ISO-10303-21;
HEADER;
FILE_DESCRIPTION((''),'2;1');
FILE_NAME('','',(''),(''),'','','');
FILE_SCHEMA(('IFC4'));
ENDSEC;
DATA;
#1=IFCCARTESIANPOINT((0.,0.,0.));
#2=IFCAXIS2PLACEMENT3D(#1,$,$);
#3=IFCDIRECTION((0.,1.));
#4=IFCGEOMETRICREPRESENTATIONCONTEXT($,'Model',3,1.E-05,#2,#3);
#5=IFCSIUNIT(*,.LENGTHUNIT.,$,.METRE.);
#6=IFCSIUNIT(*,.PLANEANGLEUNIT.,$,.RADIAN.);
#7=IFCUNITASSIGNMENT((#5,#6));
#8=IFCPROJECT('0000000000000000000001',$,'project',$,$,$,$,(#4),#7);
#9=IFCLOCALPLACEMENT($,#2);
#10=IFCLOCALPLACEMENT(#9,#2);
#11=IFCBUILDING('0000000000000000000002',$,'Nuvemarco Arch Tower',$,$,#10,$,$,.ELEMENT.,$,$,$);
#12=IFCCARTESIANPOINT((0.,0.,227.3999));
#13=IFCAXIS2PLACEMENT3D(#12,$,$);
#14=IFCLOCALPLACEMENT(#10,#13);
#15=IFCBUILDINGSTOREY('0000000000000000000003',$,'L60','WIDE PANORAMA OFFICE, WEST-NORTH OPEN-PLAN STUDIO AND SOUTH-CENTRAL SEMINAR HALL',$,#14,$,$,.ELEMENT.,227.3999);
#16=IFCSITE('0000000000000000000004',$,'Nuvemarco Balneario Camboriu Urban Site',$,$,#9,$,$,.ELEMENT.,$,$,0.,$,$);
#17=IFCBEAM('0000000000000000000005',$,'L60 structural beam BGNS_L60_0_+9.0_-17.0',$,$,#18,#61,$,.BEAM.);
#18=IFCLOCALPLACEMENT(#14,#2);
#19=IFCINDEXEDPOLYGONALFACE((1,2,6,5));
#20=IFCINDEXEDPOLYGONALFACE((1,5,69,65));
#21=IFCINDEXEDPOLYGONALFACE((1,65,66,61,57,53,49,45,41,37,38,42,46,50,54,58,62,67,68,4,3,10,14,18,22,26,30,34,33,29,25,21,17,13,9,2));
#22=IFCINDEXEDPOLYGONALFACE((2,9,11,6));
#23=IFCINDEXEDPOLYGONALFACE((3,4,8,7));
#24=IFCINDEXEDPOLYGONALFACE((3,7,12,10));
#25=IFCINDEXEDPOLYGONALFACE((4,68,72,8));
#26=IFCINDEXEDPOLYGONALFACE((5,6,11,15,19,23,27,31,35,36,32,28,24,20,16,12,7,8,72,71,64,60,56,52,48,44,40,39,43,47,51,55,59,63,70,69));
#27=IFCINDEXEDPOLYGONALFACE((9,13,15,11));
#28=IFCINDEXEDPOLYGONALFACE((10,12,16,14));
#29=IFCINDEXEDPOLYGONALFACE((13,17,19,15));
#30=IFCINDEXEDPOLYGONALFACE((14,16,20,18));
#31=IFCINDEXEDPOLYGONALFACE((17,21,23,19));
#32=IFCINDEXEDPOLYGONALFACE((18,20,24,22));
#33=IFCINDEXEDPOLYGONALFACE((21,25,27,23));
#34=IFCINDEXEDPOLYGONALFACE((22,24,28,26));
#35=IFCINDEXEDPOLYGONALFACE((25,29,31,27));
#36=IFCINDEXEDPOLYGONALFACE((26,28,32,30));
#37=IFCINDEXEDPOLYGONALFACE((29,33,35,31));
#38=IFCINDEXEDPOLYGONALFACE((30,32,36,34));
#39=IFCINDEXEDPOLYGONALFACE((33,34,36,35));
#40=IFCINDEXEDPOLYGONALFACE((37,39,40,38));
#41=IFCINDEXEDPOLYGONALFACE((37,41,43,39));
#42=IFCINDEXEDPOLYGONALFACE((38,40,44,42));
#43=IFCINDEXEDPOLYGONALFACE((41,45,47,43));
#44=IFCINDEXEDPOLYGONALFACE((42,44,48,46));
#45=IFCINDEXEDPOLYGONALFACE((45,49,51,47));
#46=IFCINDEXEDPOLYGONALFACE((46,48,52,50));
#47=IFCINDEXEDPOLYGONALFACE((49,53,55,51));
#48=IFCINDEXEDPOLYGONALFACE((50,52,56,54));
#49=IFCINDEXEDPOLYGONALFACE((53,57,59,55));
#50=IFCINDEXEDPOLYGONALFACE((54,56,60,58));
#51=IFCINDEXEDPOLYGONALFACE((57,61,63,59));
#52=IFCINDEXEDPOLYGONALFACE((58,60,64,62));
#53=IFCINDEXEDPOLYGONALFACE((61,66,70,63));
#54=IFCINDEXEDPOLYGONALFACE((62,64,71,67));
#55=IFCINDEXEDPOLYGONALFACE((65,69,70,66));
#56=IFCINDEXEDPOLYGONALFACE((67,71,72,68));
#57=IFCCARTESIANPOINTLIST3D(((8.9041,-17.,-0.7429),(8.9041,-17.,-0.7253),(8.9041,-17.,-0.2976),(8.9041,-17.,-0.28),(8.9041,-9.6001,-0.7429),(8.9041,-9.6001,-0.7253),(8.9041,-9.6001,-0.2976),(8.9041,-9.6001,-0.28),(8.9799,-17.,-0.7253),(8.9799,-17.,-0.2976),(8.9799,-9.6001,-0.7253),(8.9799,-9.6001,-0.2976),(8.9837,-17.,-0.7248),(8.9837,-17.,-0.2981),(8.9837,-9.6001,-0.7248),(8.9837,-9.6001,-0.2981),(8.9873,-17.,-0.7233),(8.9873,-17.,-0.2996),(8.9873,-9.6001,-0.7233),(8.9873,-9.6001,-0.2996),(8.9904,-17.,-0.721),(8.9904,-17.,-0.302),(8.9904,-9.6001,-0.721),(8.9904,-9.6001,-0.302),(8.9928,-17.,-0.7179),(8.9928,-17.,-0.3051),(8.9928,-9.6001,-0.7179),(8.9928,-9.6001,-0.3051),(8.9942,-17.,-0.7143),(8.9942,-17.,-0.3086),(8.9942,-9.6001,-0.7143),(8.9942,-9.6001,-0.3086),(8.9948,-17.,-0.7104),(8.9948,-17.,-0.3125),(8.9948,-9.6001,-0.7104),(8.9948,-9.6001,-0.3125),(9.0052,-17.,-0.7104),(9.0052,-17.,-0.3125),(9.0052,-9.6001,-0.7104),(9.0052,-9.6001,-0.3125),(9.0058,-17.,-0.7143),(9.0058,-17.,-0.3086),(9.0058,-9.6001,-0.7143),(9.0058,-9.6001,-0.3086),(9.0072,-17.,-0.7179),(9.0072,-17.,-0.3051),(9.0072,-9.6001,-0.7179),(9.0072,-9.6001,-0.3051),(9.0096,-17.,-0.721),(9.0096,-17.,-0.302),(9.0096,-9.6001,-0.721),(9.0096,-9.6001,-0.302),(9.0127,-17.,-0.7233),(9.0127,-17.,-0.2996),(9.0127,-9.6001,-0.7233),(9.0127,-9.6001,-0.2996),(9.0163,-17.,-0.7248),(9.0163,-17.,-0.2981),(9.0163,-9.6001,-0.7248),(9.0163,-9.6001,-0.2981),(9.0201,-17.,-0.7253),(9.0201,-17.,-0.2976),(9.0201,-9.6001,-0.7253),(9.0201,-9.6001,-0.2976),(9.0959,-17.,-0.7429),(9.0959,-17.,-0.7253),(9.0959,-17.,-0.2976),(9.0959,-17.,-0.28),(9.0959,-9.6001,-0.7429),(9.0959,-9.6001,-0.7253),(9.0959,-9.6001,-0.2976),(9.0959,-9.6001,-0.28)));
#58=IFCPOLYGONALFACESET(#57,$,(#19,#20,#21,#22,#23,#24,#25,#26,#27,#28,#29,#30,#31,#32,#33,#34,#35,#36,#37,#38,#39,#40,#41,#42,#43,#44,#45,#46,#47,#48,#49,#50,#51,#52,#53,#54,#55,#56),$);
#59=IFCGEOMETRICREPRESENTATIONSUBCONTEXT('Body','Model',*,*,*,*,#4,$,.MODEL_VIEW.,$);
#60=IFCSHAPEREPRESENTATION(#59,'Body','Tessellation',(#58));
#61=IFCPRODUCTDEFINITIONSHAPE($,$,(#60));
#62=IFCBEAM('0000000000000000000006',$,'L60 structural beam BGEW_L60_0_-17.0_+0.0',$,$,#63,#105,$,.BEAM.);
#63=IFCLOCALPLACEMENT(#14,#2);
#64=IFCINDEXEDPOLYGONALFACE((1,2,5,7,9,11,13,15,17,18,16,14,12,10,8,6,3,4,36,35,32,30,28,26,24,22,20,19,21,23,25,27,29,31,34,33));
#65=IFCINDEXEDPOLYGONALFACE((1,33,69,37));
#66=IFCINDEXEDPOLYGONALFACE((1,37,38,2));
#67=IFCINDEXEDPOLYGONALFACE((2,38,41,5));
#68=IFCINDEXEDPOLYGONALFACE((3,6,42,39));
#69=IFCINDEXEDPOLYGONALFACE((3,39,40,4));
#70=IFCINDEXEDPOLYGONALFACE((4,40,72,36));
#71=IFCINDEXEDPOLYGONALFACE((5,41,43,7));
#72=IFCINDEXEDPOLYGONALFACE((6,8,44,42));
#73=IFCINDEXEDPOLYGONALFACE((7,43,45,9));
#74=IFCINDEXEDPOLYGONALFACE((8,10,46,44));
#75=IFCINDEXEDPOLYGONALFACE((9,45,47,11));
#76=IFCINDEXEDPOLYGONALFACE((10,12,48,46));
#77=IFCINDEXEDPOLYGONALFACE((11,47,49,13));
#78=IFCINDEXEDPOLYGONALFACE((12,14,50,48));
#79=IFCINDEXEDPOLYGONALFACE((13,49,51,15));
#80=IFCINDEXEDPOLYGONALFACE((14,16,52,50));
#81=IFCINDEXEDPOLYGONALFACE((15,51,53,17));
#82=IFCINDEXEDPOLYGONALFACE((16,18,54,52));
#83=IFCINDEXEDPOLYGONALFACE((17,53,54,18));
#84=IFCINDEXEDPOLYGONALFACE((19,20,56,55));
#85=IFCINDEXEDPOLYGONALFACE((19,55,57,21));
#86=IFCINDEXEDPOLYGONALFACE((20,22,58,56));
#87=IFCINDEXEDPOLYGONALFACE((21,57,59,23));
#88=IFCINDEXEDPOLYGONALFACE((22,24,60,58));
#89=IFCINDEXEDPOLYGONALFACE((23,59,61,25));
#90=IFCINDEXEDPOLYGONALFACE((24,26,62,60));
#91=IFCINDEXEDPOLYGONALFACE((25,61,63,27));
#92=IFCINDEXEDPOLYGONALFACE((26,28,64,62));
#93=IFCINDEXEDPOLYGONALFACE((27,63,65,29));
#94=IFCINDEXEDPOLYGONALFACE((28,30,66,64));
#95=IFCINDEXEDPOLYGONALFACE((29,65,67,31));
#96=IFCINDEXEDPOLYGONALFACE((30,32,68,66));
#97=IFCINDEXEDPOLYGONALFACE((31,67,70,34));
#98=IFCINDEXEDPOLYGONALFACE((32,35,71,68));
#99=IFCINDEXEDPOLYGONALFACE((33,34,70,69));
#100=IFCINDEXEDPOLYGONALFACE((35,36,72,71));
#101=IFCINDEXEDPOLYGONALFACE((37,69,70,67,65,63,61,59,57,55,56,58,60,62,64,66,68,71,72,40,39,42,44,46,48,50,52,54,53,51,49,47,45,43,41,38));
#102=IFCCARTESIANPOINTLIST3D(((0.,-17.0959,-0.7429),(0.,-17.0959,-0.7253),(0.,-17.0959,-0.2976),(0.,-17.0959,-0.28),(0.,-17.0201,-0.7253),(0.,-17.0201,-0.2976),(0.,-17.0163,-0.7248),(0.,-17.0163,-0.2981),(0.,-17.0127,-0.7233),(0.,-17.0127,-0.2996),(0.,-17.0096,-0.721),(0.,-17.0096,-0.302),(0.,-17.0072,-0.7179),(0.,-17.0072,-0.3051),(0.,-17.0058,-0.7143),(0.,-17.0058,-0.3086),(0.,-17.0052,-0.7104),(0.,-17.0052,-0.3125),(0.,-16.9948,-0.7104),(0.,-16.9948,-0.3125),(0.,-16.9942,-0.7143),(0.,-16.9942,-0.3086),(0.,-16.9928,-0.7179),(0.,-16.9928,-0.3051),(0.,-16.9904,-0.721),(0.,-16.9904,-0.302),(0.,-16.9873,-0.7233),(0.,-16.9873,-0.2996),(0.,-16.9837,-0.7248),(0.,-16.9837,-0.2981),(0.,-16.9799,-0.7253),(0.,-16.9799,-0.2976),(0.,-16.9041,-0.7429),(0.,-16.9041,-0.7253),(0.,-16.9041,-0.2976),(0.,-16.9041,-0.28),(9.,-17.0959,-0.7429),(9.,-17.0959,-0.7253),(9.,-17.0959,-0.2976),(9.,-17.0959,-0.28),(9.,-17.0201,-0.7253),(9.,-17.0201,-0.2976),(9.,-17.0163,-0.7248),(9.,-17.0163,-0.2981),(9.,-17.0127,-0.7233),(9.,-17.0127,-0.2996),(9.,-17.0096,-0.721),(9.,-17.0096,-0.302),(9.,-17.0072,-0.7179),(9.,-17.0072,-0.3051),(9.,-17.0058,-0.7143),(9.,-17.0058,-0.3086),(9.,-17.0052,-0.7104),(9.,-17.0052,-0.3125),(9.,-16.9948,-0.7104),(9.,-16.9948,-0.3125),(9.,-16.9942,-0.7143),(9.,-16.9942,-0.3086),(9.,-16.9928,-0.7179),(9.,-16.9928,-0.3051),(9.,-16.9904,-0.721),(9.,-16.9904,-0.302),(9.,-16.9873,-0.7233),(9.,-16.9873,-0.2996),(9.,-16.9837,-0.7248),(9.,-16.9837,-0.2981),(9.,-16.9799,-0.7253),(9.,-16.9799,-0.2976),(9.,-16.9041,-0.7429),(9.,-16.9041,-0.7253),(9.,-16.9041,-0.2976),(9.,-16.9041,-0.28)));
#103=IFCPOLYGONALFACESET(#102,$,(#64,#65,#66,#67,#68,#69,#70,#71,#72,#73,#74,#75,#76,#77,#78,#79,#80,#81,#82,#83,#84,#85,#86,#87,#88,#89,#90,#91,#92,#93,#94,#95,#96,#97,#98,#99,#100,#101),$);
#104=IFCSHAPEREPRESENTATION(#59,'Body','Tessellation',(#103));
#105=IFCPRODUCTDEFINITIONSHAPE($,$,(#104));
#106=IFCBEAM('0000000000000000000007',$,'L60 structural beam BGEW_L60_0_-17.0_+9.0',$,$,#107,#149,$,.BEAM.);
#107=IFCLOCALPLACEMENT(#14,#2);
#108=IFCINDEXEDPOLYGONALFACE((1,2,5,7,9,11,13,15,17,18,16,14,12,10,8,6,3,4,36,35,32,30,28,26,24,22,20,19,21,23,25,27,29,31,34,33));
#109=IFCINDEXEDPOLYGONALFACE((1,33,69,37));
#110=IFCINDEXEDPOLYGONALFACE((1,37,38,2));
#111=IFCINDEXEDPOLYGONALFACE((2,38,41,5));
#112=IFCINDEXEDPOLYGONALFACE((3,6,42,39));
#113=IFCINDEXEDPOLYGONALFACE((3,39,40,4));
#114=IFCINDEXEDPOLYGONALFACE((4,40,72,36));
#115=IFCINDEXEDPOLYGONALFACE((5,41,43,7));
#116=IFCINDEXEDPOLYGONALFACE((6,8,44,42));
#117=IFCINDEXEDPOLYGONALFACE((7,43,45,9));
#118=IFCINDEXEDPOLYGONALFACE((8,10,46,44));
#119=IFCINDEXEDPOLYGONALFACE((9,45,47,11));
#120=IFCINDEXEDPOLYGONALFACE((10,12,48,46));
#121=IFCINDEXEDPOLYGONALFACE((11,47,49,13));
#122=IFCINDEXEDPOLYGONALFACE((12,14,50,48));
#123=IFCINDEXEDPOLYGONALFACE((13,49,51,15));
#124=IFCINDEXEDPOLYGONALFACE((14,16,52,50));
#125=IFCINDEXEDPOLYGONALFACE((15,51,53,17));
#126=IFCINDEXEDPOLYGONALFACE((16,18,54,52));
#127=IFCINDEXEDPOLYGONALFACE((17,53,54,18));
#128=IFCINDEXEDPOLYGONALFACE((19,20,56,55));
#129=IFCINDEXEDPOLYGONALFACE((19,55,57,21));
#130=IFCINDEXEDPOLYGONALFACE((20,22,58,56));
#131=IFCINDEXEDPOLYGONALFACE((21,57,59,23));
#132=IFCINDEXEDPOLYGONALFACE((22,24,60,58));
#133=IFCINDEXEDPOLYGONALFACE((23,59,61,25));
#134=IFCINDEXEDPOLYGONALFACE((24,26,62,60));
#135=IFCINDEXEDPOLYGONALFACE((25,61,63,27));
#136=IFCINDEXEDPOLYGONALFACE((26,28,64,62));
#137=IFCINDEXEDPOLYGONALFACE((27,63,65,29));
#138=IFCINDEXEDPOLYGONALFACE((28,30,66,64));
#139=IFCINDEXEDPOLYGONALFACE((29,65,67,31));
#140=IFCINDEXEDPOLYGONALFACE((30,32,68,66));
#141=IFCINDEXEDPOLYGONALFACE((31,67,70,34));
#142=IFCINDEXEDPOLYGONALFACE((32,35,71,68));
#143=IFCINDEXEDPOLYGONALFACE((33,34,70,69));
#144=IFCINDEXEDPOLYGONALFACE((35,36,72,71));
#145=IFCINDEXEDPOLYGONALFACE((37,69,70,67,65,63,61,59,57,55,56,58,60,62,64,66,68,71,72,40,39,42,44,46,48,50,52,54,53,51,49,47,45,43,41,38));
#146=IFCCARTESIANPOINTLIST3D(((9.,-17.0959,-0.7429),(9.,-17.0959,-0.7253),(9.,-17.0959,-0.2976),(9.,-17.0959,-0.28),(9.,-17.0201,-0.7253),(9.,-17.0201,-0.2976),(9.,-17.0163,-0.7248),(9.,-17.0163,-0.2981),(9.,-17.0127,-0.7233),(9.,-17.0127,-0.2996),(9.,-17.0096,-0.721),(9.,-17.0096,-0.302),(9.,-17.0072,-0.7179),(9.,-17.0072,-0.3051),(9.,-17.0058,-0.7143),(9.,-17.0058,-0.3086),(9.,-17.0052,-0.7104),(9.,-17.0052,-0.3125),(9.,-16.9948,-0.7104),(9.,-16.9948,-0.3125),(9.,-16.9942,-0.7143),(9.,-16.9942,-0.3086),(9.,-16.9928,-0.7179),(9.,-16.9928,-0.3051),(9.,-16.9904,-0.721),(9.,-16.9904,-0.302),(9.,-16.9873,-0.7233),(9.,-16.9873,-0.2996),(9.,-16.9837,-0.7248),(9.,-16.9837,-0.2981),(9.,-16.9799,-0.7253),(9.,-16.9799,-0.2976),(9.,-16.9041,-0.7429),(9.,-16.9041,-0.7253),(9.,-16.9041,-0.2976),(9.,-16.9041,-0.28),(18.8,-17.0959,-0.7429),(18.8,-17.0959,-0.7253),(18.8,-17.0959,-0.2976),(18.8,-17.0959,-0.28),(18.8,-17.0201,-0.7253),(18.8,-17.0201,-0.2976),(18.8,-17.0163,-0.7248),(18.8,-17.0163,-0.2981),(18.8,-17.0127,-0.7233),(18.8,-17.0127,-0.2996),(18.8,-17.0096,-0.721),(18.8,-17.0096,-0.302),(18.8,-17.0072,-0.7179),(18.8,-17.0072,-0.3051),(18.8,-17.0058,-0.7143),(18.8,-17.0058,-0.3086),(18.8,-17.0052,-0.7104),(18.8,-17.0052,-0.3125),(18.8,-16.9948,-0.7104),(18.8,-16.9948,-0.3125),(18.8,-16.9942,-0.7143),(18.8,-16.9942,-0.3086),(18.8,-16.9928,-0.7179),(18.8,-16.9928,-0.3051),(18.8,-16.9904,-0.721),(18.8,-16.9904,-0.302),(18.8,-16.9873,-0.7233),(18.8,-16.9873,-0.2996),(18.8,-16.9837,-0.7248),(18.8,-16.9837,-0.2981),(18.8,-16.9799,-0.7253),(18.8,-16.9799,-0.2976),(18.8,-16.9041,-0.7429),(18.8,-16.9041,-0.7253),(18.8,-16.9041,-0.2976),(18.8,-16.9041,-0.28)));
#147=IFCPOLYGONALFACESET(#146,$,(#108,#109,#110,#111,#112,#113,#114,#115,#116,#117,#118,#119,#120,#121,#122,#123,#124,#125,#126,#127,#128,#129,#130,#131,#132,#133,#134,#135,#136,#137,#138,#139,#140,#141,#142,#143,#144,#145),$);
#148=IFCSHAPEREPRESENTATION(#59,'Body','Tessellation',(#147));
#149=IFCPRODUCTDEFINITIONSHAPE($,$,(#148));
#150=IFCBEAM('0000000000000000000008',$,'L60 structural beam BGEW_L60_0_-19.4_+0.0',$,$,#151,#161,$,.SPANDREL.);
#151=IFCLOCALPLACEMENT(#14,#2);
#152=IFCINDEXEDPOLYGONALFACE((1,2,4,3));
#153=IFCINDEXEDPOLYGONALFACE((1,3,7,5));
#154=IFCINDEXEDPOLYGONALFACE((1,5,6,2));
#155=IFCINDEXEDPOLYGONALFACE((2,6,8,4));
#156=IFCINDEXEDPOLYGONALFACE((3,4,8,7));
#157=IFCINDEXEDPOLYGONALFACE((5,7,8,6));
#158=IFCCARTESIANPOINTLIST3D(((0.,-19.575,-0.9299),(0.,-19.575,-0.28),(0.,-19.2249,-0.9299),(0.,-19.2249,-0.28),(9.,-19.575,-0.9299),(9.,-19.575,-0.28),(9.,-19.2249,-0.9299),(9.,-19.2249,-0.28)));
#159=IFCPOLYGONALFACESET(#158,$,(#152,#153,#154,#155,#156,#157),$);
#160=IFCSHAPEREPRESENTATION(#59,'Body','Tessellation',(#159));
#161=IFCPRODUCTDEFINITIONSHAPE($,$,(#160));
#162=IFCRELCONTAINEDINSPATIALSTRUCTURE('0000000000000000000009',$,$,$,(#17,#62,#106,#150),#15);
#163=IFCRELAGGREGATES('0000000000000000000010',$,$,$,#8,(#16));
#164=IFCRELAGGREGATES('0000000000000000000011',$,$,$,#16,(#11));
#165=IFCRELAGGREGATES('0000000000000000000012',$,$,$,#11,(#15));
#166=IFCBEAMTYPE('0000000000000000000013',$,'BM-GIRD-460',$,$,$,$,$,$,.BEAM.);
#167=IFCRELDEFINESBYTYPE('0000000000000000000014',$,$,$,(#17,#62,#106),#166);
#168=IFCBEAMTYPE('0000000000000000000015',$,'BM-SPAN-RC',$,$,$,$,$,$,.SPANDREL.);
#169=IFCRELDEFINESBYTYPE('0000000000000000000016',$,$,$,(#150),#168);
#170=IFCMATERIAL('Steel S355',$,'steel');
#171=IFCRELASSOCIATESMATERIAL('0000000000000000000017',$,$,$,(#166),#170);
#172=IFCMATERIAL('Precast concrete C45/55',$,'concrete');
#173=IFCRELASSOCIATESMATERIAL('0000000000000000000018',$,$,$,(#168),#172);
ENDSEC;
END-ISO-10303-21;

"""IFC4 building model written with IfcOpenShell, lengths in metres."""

from ifc_helpers import new_model, si_unit, direction, frame, origin, origin_2d, place, context, subcontext, project, spatial, rectangle, i_section, extrude, material, material_profile, profile_set, type_object, element, save


model = new_model("IFC4")

# Units and contexts
model_context = context("Model", 3, precision=1e-05, world=origin(), true_north=direction((0.0, 1.0)))
body_context = subcontext(model_context, "Body", "Model", "MODEL_VIEW")
ifc_project = project(units=[si_unit("LENGTHUNIT", "METRE"), si_unit("PLANEANGLEUNIT", "RADIAN")], contexts=[model_context])

# Site, building, storey
site_placement = place(None, origin())
site = spatial("IfcSite", under=ifc_project, at=site_placement, Name="Nuvemarco Balneario Camboriu Urban Site", CompositionType="ELEMENT", RefElevation=0.0)
building_placement = place(site_placement, origin())
building = spatial("IfcBuilding", under=site, at=building_placement, Name="Nuvemarco Arch Tower", CompositionType="ELEMENT")
storey_placement = place(building_placement, frame((0.0, 0.0, 227.3999)))
storey = spatial("IfcBuildingStorey", under=building, at=storey_placement, Name="L60", Description="WIDE PANORAMA OFFICE, WEST-NORTH OPEN-PLAN STUDIO AND SOUTH-CENTRAL SEMINAR HALL", CompositionType="ELEMENT", Elevation=227.3999)

# Shared definitions
ifc_material_1 = material(Name="Steel S355", Category="steel")

# Beams
ifc_material_profile_1 = material_profile(ifc_material_1, i_section(OverallWidth=0.1919, OverallDepth=0.4629, WebThickness=0.0105, FlangeThickness=0.0176, FilletRadius=0.0149, at=origin_2d()), Name="W460x89")
ifc_profile_set_1 = profile_set([ifc_material_profile_1], Name="Steel S355")
beam_type_1 = type_object("IfcBeamType", Name="BM-GIRD-460", PredefinedType="BEAM", material=ifc_profile_set_1)
beam_1_placement = place(storey_placement, frame((9.0, -17.0, -0.5115), z_axis=(0.0, 1.0, 0.0), x_axis=(-1.0, 0.0, 0.0)))
element("IfcBeam", 1, at=beam_1_placement, inside=storey, type_object=beam_type_1, Name="L60 structural beam BGNS_L60_0_+9.0_-17.0", PredefinedType="BEAM", context=body_context, shape_type="SweptSolid", body=[
    extrude(i_section(OverallWidth=0.1919, OverallDepth=0.4629, WebThickness=0.0105, FlangeThickness=0.0176, FilletRadius=0.0149, at=origin_2d()), origin(), (0.0, 0.0, 1.0), 7.3999),
])
beam_2_placement = place(storey_placement, frame((0.0, -17.0, -0.5115), z_axis=(1.0, 0.0, 0.0), x_axis=(0.0, 1.0, 0.0)))
element("IfcBeam", 2, at=beam_2_placement, inside=storey, type_object=beam_type_1, Name="L60 structural beam BGEW_L60_0_-17.0_+0.0", PredefinedType="BEAM", context=body_context, shape_type="SweptSolid", body=[
    extrude(i_section(OverallWidth=0.1919, OverallDepth=0.4629, WebThickness=0.0105, FlangeThickness=0.0176, FilletRadius=0.0149, at=origin_2d()), origin(), (0.0, 0.0, 1.0), 9.0),
])
beam_3_placement = place(storey_placement, frame((9.0, -17.0, -0.5115), z_axis=(1.0, 0.0, 0.0), x_axis=(0.0, 1.0, 0.0)))
element("IfcBeam", 3, at=beam_3_placement, inside=storey, type_object=beam_type_1, Name="L60 structural beam BGEW_L60_0_-17.0_+9.0", PredefinedType="BEAM", context=body_context, shape_type="SweptSolid", body=[
    extrude(i_section(OverallWidth=0.1919, OverallDepth=0.4629, WebThickness=0.0105, FlangeThickness=0.0176, FilletRadius=0.0149, at=origin_2d()), origin(), (0.0, 0.0, 1.0), 9.8),
])
ifc_material_2 = material(Name="Precast concrete C45/55", Category="concrete")
ifc_material_profile_2 = material_profile(ifc_material_2, rectangle(XDim=0.3501, YDim=0.6499, at=origin_2d()), Name="PC-SP-350x650")
ifc_profile_set_2 = profile_set([ifc_material_profile_2], Name="Precast concrete C45/55")
beam_type_2 = type_object("IfcBeamType", Name="BM-SPAN-RC", PredefinedType="SPANDREL", material=ifc_profile_set_2)
beam_4_placement = place(storey_placement, frame((0.0, -19.3999, -0.605), z_axis=(1.0, 0.0, 0.0), x_axis=(0.0, 1.0, 0.0)))
element("IfcBeam", 4, at=beam_4_placement, inside=storey, type_object=beam_type_2, Name="L60 structural beam BGEW_L60_0_-19.4_+0.0", PredefinedType="SPANDREL", context=body_context, shape_type="SweptSolid", body=[
    extrude(rectangle(XDim=0.3501, YDim=0.6499, at=origin_2d()), origin(), (0.0, 0.0, 1.0), 9.0),
])

save(model, "model.ifc")
